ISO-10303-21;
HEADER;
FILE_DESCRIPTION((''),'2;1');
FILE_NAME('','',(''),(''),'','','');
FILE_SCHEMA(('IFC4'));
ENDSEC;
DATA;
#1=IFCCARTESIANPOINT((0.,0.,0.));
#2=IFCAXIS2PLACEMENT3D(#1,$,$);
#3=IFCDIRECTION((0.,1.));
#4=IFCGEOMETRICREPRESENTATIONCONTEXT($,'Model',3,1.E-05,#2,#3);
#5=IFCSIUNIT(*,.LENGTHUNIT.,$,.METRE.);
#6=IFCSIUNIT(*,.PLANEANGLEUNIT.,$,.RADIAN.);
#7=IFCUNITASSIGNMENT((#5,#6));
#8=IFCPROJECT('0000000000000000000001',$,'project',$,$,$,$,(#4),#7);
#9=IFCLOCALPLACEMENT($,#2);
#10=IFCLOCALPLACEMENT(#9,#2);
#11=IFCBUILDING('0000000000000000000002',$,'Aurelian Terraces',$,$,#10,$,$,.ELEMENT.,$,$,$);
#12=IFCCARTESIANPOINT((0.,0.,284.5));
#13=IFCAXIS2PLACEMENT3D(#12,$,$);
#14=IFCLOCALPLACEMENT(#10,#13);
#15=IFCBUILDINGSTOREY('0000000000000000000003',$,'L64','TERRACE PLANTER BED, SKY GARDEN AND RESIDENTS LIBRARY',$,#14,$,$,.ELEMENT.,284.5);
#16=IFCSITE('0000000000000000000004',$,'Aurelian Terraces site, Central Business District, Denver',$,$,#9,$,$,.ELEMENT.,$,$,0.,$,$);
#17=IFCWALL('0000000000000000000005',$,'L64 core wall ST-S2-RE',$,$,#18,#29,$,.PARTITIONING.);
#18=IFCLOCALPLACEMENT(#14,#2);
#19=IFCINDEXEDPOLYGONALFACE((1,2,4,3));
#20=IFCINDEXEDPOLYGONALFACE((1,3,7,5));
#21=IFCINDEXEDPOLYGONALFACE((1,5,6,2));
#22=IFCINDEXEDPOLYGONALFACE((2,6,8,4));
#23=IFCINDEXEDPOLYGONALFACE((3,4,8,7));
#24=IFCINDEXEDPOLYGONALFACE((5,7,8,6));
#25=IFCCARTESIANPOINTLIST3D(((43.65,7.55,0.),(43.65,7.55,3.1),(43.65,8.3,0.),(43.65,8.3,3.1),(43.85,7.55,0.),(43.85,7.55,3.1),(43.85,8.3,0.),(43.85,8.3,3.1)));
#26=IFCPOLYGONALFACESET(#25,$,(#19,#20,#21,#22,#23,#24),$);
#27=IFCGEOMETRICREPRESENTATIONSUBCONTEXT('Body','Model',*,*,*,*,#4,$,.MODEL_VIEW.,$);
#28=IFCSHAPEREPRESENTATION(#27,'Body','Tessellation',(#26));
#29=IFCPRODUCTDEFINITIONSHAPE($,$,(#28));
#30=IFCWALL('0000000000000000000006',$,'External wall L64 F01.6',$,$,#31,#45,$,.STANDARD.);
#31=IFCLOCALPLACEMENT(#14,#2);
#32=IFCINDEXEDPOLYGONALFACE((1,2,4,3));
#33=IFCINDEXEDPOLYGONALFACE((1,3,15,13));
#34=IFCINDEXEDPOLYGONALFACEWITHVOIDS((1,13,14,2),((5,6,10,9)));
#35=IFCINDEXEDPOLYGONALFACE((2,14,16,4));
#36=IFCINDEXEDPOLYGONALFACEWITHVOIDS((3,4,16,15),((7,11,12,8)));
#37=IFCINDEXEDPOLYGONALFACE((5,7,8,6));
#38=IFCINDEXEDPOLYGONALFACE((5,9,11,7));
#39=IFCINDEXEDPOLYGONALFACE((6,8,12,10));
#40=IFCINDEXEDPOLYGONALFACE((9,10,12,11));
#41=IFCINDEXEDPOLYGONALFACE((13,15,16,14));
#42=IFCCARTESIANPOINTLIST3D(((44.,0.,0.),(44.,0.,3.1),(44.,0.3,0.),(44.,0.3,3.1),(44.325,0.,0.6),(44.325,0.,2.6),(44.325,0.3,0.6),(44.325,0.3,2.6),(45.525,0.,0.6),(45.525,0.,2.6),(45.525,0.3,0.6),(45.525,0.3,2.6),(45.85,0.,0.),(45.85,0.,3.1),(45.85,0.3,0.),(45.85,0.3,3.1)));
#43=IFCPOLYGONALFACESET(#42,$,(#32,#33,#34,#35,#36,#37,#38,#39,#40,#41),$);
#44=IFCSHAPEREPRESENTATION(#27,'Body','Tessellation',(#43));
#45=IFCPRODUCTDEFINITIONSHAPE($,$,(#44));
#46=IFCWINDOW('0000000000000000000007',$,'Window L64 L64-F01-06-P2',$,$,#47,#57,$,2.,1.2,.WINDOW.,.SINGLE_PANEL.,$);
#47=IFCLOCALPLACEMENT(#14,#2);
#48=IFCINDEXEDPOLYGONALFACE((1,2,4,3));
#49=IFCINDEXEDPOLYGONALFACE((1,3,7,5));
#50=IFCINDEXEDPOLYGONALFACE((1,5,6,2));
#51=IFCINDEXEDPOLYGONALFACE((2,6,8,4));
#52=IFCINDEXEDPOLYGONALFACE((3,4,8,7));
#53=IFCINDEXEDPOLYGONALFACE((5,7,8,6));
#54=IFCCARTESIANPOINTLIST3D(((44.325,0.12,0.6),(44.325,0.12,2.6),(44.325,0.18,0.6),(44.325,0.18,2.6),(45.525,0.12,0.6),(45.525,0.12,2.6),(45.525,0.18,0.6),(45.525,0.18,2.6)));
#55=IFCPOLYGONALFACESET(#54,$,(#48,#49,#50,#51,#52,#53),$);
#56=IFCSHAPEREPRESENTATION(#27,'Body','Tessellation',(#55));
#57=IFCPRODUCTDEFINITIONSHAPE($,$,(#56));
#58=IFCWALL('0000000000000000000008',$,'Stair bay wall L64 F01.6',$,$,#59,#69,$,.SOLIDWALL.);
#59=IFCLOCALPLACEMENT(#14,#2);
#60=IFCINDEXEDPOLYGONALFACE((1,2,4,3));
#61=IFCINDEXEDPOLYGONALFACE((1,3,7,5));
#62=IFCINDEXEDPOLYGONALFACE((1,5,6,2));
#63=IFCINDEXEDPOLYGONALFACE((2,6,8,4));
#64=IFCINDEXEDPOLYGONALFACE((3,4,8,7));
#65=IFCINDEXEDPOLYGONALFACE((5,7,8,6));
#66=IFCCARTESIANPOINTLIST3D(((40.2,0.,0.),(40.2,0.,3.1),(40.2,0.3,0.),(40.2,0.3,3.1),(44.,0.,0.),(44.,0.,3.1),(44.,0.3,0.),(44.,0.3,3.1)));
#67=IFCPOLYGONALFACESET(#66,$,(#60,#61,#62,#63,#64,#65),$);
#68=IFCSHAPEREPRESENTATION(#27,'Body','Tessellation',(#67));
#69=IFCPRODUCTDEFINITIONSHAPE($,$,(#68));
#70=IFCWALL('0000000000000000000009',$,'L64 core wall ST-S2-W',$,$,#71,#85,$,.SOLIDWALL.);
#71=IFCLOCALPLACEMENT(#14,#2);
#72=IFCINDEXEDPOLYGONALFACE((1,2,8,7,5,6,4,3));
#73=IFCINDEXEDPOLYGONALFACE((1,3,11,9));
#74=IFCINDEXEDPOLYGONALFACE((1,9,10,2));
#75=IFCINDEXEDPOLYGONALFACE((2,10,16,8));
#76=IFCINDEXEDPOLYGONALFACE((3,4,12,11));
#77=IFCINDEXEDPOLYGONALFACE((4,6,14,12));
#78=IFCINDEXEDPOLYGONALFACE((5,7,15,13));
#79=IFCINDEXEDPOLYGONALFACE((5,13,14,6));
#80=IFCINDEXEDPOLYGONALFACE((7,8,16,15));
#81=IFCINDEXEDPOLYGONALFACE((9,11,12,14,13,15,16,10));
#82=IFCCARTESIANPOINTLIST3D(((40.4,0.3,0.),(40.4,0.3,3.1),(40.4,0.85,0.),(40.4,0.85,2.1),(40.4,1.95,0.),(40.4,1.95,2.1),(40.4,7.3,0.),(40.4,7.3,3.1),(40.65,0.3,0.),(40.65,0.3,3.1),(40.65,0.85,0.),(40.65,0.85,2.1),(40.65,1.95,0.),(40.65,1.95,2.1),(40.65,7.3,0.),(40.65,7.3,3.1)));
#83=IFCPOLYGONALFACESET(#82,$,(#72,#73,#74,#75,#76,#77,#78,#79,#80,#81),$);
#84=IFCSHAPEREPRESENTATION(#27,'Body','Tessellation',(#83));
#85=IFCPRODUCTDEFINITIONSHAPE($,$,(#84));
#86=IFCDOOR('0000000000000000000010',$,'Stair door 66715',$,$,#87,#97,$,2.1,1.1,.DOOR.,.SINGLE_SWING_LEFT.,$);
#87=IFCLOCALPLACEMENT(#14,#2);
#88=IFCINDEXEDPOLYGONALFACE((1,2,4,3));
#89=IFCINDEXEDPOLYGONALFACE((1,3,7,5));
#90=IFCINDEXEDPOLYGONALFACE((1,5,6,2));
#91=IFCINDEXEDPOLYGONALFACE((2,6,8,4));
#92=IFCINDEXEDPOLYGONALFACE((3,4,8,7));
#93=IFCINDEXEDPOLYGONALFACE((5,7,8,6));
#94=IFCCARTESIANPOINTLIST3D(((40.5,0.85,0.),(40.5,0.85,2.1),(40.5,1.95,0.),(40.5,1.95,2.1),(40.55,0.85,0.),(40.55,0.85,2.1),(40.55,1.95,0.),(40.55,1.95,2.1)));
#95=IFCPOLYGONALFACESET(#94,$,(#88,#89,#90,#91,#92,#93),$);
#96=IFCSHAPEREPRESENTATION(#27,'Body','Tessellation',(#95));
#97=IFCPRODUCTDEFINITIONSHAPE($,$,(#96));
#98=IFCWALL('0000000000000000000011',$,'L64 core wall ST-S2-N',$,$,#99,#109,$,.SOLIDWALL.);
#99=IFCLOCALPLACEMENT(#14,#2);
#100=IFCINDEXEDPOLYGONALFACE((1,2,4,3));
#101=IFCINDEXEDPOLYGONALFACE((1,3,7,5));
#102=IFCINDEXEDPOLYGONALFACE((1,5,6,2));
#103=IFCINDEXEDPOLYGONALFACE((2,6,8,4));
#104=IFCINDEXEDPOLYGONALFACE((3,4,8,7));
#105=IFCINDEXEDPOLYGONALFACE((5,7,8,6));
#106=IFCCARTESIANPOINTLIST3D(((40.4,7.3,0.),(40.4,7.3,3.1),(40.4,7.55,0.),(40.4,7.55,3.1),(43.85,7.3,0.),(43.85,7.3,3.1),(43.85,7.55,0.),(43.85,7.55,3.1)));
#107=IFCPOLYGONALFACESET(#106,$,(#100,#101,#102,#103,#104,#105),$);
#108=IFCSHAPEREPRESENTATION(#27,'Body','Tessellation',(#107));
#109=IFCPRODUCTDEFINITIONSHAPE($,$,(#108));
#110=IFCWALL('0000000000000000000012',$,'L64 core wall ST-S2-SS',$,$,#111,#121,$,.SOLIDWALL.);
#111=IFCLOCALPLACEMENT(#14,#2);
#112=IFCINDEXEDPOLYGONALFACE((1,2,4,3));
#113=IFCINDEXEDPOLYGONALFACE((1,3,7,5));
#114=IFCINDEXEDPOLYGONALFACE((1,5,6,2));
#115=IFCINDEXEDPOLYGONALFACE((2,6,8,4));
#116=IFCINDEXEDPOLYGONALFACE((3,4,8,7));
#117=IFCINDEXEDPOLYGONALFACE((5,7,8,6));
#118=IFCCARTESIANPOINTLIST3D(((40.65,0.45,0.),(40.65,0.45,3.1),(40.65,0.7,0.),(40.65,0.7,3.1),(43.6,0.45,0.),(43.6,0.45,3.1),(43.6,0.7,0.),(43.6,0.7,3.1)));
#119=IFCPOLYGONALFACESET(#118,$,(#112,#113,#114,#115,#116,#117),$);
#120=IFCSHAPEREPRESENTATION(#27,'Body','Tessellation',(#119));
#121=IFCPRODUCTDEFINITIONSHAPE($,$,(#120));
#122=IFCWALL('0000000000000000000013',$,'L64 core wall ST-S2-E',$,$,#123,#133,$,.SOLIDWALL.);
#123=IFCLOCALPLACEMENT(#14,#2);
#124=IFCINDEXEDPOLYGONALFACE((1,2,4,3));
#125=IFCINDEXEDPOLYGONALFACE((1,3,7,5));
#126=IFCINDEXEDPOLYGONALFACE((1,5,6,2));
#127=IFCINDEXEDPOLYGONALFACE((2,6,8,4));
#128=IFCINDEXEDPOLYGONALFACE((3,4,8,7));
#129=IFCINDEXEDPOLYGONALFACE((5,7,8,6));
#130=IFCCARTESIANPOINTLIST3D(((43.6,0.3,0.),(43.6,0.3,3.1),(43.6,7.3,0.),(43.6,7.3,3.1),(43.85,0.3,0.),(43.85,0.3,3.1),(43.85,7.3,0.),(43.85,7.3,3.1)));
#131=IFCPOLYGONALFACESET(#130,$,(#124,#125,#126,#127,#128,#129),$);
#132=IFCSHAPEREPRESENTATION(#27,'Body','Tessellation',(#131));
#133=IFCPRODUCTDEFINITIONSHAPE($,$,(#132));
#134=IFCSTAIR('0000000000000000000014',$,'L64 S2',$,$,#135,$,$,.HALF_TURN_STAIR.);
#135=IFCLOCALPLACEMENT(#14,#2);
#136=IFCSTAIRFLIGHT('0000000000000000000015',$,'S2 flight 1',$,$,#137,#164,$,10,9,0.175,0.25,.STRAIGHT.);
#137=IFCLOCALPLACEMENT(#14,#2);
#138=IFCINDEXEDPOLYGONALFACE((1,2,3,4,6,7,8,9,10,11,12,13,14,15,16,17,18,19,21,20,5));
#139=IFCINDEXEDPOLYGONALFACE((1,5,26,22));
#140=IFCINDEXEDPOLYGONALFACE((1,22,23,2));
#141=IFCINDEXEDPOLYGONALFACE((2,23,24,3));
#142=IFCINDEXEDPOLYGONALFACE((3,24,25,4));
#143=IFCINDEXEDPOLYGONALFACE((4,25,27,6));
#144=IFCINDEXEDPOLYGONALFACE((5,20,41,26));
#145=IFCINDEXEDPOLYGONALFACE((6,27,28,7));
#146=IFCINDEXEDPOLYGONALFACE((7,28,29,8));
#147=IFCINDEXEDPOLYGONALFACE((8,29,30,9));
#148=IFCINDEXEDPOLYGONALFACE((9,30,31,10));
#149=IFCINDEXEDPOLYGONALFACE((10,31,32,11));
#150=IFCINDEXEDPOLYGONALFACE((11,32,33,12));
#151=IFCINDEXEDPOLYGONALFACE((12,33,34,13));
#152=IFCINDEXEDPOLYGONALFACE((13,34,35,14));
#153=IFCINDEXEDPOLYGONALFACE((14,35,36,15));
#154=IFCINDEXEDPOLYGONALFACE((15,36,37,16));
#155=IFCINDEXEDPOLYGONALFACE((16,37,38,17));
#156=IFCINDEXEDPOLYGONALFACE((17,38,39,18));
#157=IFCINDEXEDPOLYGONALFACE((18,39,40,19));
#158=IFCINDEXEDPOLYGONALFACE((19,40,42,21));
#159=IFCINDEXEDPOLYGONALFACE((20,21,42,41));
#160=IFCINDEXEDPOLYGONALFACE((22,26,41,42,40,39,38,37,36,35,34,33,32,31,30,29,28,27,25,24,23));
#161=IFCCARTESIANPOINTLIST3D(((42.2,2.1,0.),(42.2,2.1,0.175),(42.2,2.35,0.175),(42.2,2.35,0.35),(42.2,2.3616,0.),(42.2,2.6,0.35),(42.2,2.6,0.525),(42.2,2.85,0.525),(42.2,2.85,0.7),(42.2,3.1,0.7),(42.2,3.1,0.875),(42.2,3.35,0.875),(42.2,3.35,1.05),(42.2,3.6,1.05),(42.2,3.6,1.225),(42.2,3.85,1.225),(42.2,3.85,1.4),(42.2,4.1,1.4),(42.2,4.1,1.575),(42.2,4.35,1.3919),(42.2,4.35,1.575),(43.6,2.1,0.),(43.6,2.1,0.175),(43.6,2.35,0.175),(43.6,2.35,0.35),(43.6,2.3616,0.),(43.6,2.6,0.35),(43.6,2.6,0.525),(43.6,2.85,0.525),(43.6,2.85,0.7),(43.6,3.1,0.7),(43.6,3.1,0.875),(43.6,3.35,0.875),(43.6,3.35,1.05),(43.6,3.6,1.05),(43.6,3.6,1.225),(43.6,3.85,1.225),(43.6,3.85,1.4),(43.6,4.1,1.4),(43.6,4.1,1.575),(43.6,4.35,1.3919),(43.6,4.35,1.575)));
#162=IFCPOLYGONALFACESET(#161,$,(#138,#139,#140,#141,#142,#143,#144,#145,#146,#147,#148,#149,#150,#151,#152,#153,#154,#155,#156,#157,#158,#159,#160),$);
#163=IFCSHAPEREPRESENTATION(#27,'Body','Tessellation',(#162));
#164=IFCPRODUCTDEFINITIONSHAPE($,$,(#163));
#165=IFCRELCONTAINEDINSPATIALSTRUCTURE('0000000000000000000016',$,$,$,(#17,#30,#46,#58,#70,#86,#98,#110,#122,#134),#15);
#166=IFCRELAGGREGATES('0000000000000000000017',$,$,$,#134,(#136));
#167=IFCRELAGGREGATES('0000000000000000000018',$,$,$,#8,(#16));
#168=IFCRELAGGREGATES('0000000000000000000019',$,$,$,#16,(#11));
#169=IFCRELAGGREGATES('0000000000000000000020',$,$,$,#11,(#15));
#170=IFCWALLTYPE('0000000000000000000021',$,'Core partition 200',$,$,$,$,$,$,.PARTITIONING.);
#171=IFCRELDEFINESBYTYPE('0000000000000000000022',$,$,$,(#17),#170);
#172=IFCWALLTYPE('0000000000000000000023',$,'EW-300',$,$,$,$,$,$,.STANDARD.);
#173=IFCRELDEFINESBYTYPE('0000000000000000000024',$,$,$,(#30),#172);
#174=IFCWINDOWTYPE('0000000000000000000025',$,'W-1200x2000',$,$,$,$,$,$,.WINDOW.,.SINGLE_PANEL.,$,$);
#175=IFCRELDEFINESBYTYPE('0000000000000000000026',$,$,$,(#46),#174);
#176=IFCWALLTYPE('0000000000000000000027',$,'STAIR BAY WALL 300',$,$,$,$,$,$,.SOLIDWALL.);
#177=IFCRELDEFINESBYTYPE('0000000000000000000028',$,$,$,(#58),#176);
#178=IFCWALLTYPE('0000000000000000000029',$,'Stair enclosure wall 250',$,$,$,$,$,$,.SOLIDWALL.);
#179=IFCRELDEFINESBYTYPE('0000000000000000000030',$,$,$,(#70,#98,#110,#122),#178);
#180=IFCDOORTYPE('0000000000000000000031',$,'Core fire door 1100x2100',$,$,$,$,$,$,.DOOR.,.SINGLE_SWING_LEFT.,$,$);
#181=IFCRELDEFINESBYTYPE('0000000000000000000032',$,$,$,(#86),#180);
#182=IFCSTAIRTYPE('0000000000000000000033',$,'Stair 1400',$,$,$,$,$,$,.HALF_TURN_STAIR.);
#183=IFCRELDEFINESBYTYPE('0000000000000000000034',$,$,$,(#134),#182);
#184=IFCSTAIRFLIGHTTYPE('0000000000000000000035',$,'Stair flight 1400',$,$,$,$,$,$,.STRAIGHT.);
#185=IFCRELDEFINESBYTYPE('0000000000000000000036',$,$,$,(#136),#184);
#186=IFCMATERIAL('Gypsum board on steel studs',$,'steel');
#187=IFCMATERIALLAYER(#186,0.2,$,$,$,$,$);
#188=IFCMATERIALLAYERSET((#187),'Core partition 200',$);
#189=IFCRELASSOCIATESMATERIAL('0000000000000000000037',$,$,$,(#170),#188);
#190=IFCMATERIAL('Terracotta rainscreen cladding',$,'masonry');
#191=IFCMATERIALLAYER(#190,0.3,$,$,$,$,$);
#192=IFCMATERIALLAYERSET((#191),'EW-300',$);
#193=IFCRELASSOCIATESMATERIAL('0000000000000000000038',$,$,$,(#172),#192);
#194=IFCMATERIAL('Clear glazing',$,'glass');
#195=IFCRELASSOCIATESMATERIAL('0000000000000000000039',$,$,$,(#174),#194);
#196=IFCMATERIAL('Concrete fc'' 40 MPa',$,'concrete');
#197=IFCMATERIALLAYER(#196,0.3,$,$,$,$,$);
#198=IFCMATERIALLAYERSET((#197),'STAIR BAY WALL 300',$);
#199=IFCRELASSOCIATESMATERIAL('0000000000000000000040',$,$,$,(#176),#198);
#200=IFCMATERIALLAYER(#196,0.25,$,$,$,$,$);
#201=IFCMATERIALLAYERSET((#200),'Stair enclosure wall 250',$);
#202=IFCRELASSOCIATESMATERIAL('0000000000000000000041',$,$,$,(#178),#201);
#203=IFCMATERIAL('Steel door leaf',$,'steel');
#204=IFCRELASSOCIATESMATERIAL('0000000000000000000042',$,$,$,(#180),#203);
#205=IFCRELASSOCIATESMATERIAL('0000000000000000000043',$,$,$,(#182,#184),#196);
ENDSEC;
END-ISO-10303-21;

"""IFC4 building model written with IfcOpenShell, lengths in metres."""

from ifc_helpers import new_model, si_unit, direction, frame, frame_2d, origin, place, context, subcontext, project, spatial, polyline, rectangle, outline, extrude, source, transform, mapped, material, layer, layer_set, type_object, element, fill, aggregate, save


model = new_model("IFC4")

# Units and contexts
model_context = context("Model", 3, precision=1e-05, world=origin(), true_north=direction((0.0, 1.0)))
body_context = subcontext(model_context, "Body", "Model", "MODEL_VIEW")
ifc_project = project(units=[si_unit("LENGTHUNIT", "METRE"), si_unit("PLANEANGLEUNIT", "RADIAN")], contexts=[model_context])

# Site, building, storey
site_placement = place(None, origin())
site = spatial("IfcSite", under=ifc_project, at=site_placement, Name="Aurelian Terraces site, Central Business District, Denver", CompositionType="ELEMENT", RefElevation=0.0)
building_placement = place(site_placement, origin())
building = spatial("IfcBuilding", under=site, at=building_placement, Name="Aurelian Terraces", CompositionType="ELEMENT")
storey_placement = place(building_placement, frame((0.0, 0.0, 284.5)))
storey = spatial("IfcBuildingStorey", under=building, at=storey_placement, Name="L64", Description="TERRACE PLANTER BED, SKY GARDEN AND RESIDENTS LIBRARY", CompositionType="ELEMENT", Elevation=284.5)

# Wall
ifc_material_1 = material(Name="Gypsum board on steel studs", Category="steel")
ifc_layer_1 = layer(ifc_material_1, 0.2)
ifc_layer_set_1 = layer_set([ifc_layer_1], Name="Core partition 200")
wall_type_1 = type_object("IfcWallType", Name="Core partition 200", PredefinedType="PARTITIONING", material=ifc_layer_set_1)
wall_1_placement = place(storey_placement, frame((43.75, 7.55, 0.0), z_axis=(0.0, 0.0, 1.0), x_axis=(0.0, 1.0, 0.0)))
element("IfcWall", 1, at=wall_1_placement, inside=storey, type_object=wall_type_1, Name="L64 core wall ST-S2-RE", PredefinedType="PARTITIONING", context=body_context, shape_type="SweptSolid", body=[
    extrude(rectangle(XDim=0.75, YDim=0.2, at=frame_2d((0.375, 0.0))), origin(), (0.0, 0.0, 1.0), 3.1),
])

# Wall, opening, window
ifc_material_2 = material(Name="Terracotta rainscreen cladding", Category="masonry")
ifc_layer_2 = layer(ifc_material_2, 0.3)
ifc_layer_set_2 = layer_set([ifc_layer_2], Name="EW-300")
wall_type_2 = type_object("IfcWallType", Name="EW-300", PredefinedType="STANDARD", material=ifc_layer_set_2)
wall_2_placement = place(storey_placement, frame((44.0, 0.15, 0.0), z_axis=(0.0, 0.0, 1.0), x_axis=(1.0, 0.0, 0.0)))
wall_2 = element("IfcWall", 2, at=wall_2_placement, inside=storey, type_object=wall_type_2, Name="External wall L64 F01.6", PredefinedType="STANDARD", context=body_context, shape_type="SweptSolid", body=[
    extrude(rectangle(XDim=1.85, YDim=0.3, at=frame_2d((0.925, 0.0))), origin(), (0.0, 0.0, 1.0), 3.1),
])
shared_shape_1 = source(origin(), body_context, "Body", "SweptSolid", [
    extrude(rectangle(XDim=1.2, YDim=2.0, at=frame_2d((0.6, 1.0))), frame((0.0, 0.16, 0.0), z_axis=(0.0, -1.0, 0.0), x_axis=(1.0, 0.0, 0.0)), (0.0, 0.0, 1.0), 0.32),
])
opening_1_placement = place(wall_2_placement, frame((0.325, 0.0, 0.6)))
opening_1 = element("IfcOpeningElement", 3, at=opening_1_placement, cuts=wall_2, PredefinedType="OPENING", context=body_context, shape_type="MappedRepresentation", body=[
    mapped(shared_shape_1, transform((0.0, 0.0, 0.0), scale=1.0)),
])
ifc_material_3 = material(Name="Clear glazing", Category="glass")
window_type = type_object("IfcWindowType", Name="W-1200x2000", PartitioningType="SINGLE_PANEL", PredefinedType="WINDOW", material=ifc_material_3)
shared_shape_2 = source(origin(), body_context, "Body", "SweptSolid", [
    extrude(rectangle(XDim=1.2, YDim=2.0, at=frame_2d((0.6, 1.0))), frame((0.0, 0.03, 0.0), z_axis=(0.0, -1.0, 0.0), x_axis=(1.0, 0.0, 0.0)), (0.0, 0.0, 1.0), 0.06),
])
window_placement = place(opening_1_placement, origin())
window = element("IfcWindow", 4, at=window_placement, inside=storey, type_object=window_type, Name="Window L64 L64-F01-06-P2", OverallHeight=2.0, OverallWidth=1.2, PartitioningType="SINGLE_PANEL", PredefinedType="WINDOW", context=body_context, shape_type="MappedRepresentation", body=[
    mapped(shared_shape_2, transform((0.0, 0.0, 0.0), scale=1.0)),
])
fill(opening_1, window)

# Wall
ifc_material_4 = material(Name="Concrete fc' 40 MPa", Category="concrete")
ifc_layer_3 = layer(ifc_material_4, 0.3)
ifc_layer_set_3 = layer_set([ifc_layer_3], Name="STAIR BAY WALL 300")
wall_type_3 = type_object("IfcWallType", Name="STAIR BAY WALL 300", PredefinedType="SOLIDWALL", material=ifc_layer_set_3)
wall_3_placement = place(storey_placement, frame((40.2, 0.15, 0.0), z_axis=(0.0, 0.0, 1.0), x_axis=(1.0, 0.0, 0.0)))
element("IfcWall", 5, at=wall_3_placement, inside=storey, type_object=wall_type_3, Name="Stair bay wall L64 F01.6", PredefinedType="SOLIDWALL", context=body_context, shape_type="SweptSolid", body=[
    extrude(rectangle(XDim=3.8, YDim=0.3, at=frame_2d((1.9, 0.0))), origin(), (0.0, 0.0, 1.0), 3.1),
])

# Wall, opening, door
ifc_layer_4 = layer(ifc_material_4, 0.25)
ifc_layer_set_4 = layer_set([ifc_layer_4], Name="Stair enclosure wall 250")
wall_type_4 = type_object("IfcWallType", Name="Stair enclosure wall 250", PredefinedType="SOLIDWALL", material=ifc_layer_set_4)
wall_4_placement = place(storey_placement, frame((40.525, 0.3, 0.0), z_axis=(0.0, 0.0, 1.0), x_axis=(0.0, 1.0, 0.0)))
wall_4 = element("IfcWall", 6, at=wall_4_placement, inside=storey, type_object=wall_type_4, Name="L64 core wall ST-S2-W", PredefinedType="SOLIDWALL", context=body_context, shape_type="SweptSolid", body=[
    extrude(rectangle(XDim=7.0, YDim=0.25, at=frame_2d((3.5, 0.0))), origin(), (0.0, 0.0, 1.0), 3.1),
])
shared_shape_3 = source(origin(), body_context, "Body", "SweptSolid", [
    extrude(rectangle(XDim=1.1, YDim=2.1, at=frame_2d((0.55, 1.05))), frame((0.0, 0.135, 0.0), z_axis=(0.0, -1.0, 0.0), x_axis=(1.0, 0.0, 0.0)), (0.0, 0.0, 1.0), 0.27),
])
opening_2_placement = place(wall_4_placement, frame((0.55, 0.0, 0.0)))
opening_2 = element("IfcOpeningElement", 7, at=opening_2_placement, cuts=wall_4, PredefinedType="OPENING", context=body_context, shape_type="MappedRepresentation", body=[
    mapped(shared_shape_3, transform((0.0, 0.0, 0.0), scale=1.0)),
])
ifc_material_5 = material(Name="Steel door leaf", Category="steel")
door_type = type_object("IfcDoorType", Name="Core fire door 1100x2100", OperationType="SINGLE_SWING_LEFT", PredefinedType="DOOR", material=ifc_material_5)
shared_shape_4 = source(origin(), body_context, "Body", "SweptSolid", [
    extrude(rectangle(XDim=1.1, YDim=2.1, at=frame_2d((0.55, 1.05))), frame((0.0, 0.025, 0.0), z_axis=(0.0, -1.0, 0.0), x_axis=(1.0, 0.0, 0.0)), (0.0, 0.0, 1.0), 0.05),
])
door_placement = place(opening_2_placement, origin())
door = element("IfcDoor", 8, at=door_placement, inside=storey, type_object=door_type, Name="Stair door 66715", OperationType="SINGLE_SWING_LEFT", OverallHeight=2.1, OverallWidth=1.1, PredefinedType="DOOR", context=body_context, shape_type="MappedRepresentation", body=[
    mapped(shared_shape_4, transform((0.0, 0.0, 0.0), scale=1.0)),
])
fill(opening_2, door)

# Walls
wall_5_placement = place(storey_placement, frame((40.4, 7.425, 0.0), z_axis=(0.0, 0.0, 1.0), x_axis=(1.0, 0.0, 0.0)))
element("IfcWall", 9, at=wall_5_placement, inside=storey, type_object=wall_type_4, Name="L64 core wall ST-S2-N", PredefinedType="SOLIDWALL", context=body_context, shape_type="SweptSolid", body=[
    extrude(rectangle(XDim=3.45, YDim=0.25, at=frame_2d((1.725, 0.0))), origin(), (0.0, 0.0, 1.0), 3.1),
])
wall_6_placement = place(storey_placement, frame((40.65, 0.575, 0.0), z_axis=(0.0, 0.0, 1.0), x_axis=(1.0, 0.0, 0.0)))
element("IfcWall", 10, at=wall_6_placement, inside=storey, type_object=wall_type_4, Name="L64 core wall ST-S2-SS", PredefinedType="SOLIDWALL", context=body_context, shape_type="SweptSolid", body=[
    extrude(rectangle(XDim=2.95, YDim=0.25, at=frame_2d((1.475, 0.0))), origin(), (0.0, 0.0, 1.0), 3.1),
])
shared_shape_5 = source(origin(), body_context, "Body", "SweptSolid", [
    extrude(rectangle(XDim=7.0, YDim=0.25, at=frame_2d((3.5, 0.0))), origin(), (0.0, 0.0, 1.0), 3.1),
])
wall_7_placement = place(storey_placement, frame((43.725, 0.3, 0.0), z_axis=(0.0, 0.0, 1.0), x_axis=(0.0, 1.0, 0.0)))
element("IfcWall", 11, at=wall_7_placement, inside=storey, type_object=wall_type_4, Name="L64 core wall ST-S2-E", PredefinedType="SOLIDWALL", context=body_context, shape_type="MappedRepresentation", body=[
    mapped(shared_shape_5, transform((0.0, 0.0, 0.0), scale=1.0)),
])

# Stair, stair flight
stair_type = type_object("IfcStairType", Name="Stair 1400", PredefinedType="HALF_TURN_STAIR", material=ifc_material_4)
stair_placement = place(storey_placement, origin())
stair = element("IfcStair", 12, at=stair_placement, inside=storey, type_object=stair_type, Name="L64 S2", PredefinedType="HALF_TURN_STAIR")
stair_flight_type = type_object("IfcStairFlightType", Name="Stair flight 1400", PredefinedType="STRAIGHT", material=ifc_material_4)
shared_shape_6 = source(origin(), body_context, "Body", "SweptSolid", [
    extrude(outline(polyline([(0.0, 0.0), (0.0, 0.175), (0.25, 0.175), (0.25, 0.35), (0.5, 0.35), (0.5, 0.525), (0.75, 0.525), (0.75, 0.7), (1.0, 0.7), (1.0, 0.875), (1.25, 0.875), (1.25, 1.05), (1.5, 1.05), (1.5, 1.225), (1.75, 1.225), (1.75, 1.4), (2.0, 1.4), (2.0, 1.575), (2.25, 1.575), (2.25, 1.75), (2.25, 1.3919), (0.2616, 0.0), (0.0, 0.0)])), frame((0.0, 0.7, 0.0), z_axis=(0.0, -1.0, 0.0), x_axis=(1.0, 0.0, 0.0)), (0.0, 0.0, 1.0), 1.4),
])
stair_flight_1_placement = place(storey_placement, frame((42.9, 2.1, 0.0), z_axis=(0.0, 0.0, 1.0), x_axis=(0.0, 1.0, 0.0)))
stair_flight_1 = element("IfcStairFlight", 13, at=stair_flight_1_placement, type_object=stair_flight_type, Name="S2 flight 1", NumberOfRisers=10, NumberOfTreads=9, PredefinedType="STRAIGHT", RiserHeight=0.175, TreadLength=0.25, context=body_context, shape_type="MappedRepresentation", body=[
    mapped(shared_shape_6, transform((0.0, 0.0, 0.0), scale=1.0)),
])
aggregate(stair, [stair_flight_1])

save(model, "model.ifc")
